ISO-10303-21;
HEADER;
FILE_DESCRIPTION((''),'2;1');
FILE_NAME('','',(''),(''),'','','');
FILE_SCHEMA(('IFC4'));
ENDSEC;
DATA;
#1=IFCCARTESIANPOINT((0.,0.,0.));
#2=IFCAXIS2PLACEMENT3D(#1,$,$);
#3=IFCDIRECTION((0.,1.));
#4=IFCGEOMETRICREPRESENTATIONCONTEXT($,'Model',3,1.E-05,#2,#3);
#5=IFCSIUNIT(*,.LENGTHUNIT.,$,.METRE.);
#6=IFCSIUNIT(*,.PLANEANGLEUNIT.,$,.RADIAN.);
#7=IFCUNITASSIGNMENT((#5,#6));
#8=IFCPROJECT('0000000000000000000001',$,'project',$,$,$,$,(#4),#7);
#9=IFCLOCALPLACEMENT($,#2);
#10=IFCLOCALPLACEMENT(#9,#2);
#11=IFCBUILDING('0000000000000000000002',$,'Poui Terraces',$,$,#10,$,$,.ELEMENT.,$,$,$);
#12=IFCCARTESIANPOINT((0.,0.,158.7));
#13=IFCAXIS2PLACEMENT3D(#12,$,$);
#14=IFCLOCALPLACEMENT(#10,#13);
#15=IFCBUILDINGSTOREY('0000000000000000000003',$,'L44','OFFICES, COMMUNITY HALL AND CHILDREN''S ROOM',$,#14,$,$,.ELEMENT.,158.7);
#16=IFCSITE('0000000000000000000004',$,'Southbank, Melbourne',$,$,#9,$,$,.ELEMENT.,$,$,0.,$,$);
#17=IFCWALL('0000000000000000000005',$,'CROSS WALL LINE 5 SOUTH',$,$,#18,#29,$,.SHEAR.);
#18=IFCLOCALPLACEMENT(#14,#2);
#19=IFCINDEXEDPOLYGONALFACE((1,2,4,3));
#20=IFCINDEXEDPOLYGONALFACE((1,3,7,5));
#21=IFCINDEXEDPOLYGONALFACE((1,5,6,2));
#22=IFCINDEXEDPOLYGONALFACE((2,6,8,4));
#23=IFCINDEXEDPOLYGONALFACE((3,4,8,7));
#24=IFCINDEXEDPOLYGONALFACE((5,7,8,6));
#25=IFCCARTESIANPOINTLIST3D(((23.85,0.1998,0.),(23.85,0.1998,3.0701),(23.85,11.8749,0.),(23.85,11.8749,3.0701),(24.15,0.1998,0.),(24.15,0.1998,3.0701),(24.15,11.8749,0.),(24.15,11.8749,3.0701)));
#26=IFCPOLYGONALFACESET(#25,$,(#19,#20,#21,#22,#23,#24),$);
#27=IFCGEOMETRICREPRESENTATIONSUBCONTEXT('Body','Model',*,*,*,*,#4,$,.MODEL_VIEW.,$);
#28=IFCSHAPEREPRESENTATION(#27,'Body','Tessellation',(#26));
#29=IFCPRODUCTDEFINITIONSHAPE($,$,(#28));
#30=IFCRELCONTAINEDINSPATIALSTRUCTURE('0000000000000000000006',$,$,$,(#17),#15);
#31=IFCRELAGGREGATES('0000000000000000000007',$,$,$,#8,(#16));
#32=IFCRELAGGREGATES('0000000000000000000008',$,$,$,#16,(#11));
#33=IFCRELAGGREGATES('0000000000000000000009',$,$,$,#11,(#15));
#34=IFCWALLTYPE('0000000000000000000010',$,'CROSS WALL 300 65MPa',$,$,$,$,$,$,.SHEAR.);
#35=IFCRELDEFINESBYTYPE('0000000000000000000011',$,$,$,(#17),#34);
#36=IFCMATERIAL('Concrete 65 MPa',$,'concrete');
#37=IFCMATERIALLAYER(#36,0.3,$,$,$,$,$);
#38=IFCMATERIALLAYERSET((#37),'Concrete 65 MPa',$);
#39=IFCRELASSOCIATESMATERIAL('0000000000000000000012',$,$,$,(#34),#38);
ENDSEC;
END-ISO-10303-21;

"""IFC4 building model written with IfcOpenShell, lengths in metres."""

from ifc_helpers import new_model, si_unit, direction, frame, frame_2d, origin, place, context, subcontext, project, spatial, rectangle, extrude, material, layer, layer_set, type_object, element, save


model = new_model("IFC4")

# Units and contexts
model_context = context("Model", 3, precision=1e-05, world=origin(), true_north=direction((0.0, 1.0)))
body_context = subcontext(model_context, "Body", "Model", "MODEL_VIEW")
ifc_project = project(units=[si_unit("LENGTHUNIT", "METRE"), si_unit("PLANEANGLEUNIT", "RADIAN")], contexts=[model_context])

# Site, building, storey
site_placement = place(None, origin())
site = spatial("IfcSite", under=ifc_project, at=site_placement, Name="Southbank, Melbourne", CompositionType="ELEMENT", RefElevation=0.0)
building_placement = place(site_placement, origin())
building = spatial("IfcBuilding", under=site, at=building_placement, Name="Poui Terraces", CompositionType="ELEMENT")
storey_placement = place(building_placement, frame((0.0, 0.0, 158.7)))
storey = spatial("IfcBuildingStorey", under=building, at=storey_placement, Name="L44", Description="OFFICES, COMMUNITY HALL AND CHILDREN'S ROOM", CompositionType="ELEMENT", Elevation=158.7)

# Wall
ifc_material_1 = material(Name="Concrete 65 MPa", Category="concrete")
ifc_layer_1 = layer(ifc_material_1, 0.3)
ifc_layer_set_1 = layer_set([ifc_layer_1], Name="Concrete 65 MPa")
wall_type_1 = type_object("IfcWallType", Name="CROSS WALL 300 65MPa", PredefinedType="SHEAR", material=ifc_layer_set_1)
wall_1_placement = place(storey_placement, frame((24.0, 0.2, 0.0), z_axis=(0.0, 0.0, 1.0), x_axis=(0.0, 1.0, 0.0)))
element("IfcWall", 1, at=wall_1_placement, inside=storey, type_object=wall_type_1, Name="CROSS WALL LINE 5 SOUTH", PredefinedType="SHEAR", context=body_context, shape_type="SweptSolid", body=[
    extrude(rectangle(XDim=11.675, YDim=0.3, at=frame_2d((5.8374, 0.0))), origin(), (0.0, 0.0, 1.0), 3.0701),
])

save(model, "model.ifc")
